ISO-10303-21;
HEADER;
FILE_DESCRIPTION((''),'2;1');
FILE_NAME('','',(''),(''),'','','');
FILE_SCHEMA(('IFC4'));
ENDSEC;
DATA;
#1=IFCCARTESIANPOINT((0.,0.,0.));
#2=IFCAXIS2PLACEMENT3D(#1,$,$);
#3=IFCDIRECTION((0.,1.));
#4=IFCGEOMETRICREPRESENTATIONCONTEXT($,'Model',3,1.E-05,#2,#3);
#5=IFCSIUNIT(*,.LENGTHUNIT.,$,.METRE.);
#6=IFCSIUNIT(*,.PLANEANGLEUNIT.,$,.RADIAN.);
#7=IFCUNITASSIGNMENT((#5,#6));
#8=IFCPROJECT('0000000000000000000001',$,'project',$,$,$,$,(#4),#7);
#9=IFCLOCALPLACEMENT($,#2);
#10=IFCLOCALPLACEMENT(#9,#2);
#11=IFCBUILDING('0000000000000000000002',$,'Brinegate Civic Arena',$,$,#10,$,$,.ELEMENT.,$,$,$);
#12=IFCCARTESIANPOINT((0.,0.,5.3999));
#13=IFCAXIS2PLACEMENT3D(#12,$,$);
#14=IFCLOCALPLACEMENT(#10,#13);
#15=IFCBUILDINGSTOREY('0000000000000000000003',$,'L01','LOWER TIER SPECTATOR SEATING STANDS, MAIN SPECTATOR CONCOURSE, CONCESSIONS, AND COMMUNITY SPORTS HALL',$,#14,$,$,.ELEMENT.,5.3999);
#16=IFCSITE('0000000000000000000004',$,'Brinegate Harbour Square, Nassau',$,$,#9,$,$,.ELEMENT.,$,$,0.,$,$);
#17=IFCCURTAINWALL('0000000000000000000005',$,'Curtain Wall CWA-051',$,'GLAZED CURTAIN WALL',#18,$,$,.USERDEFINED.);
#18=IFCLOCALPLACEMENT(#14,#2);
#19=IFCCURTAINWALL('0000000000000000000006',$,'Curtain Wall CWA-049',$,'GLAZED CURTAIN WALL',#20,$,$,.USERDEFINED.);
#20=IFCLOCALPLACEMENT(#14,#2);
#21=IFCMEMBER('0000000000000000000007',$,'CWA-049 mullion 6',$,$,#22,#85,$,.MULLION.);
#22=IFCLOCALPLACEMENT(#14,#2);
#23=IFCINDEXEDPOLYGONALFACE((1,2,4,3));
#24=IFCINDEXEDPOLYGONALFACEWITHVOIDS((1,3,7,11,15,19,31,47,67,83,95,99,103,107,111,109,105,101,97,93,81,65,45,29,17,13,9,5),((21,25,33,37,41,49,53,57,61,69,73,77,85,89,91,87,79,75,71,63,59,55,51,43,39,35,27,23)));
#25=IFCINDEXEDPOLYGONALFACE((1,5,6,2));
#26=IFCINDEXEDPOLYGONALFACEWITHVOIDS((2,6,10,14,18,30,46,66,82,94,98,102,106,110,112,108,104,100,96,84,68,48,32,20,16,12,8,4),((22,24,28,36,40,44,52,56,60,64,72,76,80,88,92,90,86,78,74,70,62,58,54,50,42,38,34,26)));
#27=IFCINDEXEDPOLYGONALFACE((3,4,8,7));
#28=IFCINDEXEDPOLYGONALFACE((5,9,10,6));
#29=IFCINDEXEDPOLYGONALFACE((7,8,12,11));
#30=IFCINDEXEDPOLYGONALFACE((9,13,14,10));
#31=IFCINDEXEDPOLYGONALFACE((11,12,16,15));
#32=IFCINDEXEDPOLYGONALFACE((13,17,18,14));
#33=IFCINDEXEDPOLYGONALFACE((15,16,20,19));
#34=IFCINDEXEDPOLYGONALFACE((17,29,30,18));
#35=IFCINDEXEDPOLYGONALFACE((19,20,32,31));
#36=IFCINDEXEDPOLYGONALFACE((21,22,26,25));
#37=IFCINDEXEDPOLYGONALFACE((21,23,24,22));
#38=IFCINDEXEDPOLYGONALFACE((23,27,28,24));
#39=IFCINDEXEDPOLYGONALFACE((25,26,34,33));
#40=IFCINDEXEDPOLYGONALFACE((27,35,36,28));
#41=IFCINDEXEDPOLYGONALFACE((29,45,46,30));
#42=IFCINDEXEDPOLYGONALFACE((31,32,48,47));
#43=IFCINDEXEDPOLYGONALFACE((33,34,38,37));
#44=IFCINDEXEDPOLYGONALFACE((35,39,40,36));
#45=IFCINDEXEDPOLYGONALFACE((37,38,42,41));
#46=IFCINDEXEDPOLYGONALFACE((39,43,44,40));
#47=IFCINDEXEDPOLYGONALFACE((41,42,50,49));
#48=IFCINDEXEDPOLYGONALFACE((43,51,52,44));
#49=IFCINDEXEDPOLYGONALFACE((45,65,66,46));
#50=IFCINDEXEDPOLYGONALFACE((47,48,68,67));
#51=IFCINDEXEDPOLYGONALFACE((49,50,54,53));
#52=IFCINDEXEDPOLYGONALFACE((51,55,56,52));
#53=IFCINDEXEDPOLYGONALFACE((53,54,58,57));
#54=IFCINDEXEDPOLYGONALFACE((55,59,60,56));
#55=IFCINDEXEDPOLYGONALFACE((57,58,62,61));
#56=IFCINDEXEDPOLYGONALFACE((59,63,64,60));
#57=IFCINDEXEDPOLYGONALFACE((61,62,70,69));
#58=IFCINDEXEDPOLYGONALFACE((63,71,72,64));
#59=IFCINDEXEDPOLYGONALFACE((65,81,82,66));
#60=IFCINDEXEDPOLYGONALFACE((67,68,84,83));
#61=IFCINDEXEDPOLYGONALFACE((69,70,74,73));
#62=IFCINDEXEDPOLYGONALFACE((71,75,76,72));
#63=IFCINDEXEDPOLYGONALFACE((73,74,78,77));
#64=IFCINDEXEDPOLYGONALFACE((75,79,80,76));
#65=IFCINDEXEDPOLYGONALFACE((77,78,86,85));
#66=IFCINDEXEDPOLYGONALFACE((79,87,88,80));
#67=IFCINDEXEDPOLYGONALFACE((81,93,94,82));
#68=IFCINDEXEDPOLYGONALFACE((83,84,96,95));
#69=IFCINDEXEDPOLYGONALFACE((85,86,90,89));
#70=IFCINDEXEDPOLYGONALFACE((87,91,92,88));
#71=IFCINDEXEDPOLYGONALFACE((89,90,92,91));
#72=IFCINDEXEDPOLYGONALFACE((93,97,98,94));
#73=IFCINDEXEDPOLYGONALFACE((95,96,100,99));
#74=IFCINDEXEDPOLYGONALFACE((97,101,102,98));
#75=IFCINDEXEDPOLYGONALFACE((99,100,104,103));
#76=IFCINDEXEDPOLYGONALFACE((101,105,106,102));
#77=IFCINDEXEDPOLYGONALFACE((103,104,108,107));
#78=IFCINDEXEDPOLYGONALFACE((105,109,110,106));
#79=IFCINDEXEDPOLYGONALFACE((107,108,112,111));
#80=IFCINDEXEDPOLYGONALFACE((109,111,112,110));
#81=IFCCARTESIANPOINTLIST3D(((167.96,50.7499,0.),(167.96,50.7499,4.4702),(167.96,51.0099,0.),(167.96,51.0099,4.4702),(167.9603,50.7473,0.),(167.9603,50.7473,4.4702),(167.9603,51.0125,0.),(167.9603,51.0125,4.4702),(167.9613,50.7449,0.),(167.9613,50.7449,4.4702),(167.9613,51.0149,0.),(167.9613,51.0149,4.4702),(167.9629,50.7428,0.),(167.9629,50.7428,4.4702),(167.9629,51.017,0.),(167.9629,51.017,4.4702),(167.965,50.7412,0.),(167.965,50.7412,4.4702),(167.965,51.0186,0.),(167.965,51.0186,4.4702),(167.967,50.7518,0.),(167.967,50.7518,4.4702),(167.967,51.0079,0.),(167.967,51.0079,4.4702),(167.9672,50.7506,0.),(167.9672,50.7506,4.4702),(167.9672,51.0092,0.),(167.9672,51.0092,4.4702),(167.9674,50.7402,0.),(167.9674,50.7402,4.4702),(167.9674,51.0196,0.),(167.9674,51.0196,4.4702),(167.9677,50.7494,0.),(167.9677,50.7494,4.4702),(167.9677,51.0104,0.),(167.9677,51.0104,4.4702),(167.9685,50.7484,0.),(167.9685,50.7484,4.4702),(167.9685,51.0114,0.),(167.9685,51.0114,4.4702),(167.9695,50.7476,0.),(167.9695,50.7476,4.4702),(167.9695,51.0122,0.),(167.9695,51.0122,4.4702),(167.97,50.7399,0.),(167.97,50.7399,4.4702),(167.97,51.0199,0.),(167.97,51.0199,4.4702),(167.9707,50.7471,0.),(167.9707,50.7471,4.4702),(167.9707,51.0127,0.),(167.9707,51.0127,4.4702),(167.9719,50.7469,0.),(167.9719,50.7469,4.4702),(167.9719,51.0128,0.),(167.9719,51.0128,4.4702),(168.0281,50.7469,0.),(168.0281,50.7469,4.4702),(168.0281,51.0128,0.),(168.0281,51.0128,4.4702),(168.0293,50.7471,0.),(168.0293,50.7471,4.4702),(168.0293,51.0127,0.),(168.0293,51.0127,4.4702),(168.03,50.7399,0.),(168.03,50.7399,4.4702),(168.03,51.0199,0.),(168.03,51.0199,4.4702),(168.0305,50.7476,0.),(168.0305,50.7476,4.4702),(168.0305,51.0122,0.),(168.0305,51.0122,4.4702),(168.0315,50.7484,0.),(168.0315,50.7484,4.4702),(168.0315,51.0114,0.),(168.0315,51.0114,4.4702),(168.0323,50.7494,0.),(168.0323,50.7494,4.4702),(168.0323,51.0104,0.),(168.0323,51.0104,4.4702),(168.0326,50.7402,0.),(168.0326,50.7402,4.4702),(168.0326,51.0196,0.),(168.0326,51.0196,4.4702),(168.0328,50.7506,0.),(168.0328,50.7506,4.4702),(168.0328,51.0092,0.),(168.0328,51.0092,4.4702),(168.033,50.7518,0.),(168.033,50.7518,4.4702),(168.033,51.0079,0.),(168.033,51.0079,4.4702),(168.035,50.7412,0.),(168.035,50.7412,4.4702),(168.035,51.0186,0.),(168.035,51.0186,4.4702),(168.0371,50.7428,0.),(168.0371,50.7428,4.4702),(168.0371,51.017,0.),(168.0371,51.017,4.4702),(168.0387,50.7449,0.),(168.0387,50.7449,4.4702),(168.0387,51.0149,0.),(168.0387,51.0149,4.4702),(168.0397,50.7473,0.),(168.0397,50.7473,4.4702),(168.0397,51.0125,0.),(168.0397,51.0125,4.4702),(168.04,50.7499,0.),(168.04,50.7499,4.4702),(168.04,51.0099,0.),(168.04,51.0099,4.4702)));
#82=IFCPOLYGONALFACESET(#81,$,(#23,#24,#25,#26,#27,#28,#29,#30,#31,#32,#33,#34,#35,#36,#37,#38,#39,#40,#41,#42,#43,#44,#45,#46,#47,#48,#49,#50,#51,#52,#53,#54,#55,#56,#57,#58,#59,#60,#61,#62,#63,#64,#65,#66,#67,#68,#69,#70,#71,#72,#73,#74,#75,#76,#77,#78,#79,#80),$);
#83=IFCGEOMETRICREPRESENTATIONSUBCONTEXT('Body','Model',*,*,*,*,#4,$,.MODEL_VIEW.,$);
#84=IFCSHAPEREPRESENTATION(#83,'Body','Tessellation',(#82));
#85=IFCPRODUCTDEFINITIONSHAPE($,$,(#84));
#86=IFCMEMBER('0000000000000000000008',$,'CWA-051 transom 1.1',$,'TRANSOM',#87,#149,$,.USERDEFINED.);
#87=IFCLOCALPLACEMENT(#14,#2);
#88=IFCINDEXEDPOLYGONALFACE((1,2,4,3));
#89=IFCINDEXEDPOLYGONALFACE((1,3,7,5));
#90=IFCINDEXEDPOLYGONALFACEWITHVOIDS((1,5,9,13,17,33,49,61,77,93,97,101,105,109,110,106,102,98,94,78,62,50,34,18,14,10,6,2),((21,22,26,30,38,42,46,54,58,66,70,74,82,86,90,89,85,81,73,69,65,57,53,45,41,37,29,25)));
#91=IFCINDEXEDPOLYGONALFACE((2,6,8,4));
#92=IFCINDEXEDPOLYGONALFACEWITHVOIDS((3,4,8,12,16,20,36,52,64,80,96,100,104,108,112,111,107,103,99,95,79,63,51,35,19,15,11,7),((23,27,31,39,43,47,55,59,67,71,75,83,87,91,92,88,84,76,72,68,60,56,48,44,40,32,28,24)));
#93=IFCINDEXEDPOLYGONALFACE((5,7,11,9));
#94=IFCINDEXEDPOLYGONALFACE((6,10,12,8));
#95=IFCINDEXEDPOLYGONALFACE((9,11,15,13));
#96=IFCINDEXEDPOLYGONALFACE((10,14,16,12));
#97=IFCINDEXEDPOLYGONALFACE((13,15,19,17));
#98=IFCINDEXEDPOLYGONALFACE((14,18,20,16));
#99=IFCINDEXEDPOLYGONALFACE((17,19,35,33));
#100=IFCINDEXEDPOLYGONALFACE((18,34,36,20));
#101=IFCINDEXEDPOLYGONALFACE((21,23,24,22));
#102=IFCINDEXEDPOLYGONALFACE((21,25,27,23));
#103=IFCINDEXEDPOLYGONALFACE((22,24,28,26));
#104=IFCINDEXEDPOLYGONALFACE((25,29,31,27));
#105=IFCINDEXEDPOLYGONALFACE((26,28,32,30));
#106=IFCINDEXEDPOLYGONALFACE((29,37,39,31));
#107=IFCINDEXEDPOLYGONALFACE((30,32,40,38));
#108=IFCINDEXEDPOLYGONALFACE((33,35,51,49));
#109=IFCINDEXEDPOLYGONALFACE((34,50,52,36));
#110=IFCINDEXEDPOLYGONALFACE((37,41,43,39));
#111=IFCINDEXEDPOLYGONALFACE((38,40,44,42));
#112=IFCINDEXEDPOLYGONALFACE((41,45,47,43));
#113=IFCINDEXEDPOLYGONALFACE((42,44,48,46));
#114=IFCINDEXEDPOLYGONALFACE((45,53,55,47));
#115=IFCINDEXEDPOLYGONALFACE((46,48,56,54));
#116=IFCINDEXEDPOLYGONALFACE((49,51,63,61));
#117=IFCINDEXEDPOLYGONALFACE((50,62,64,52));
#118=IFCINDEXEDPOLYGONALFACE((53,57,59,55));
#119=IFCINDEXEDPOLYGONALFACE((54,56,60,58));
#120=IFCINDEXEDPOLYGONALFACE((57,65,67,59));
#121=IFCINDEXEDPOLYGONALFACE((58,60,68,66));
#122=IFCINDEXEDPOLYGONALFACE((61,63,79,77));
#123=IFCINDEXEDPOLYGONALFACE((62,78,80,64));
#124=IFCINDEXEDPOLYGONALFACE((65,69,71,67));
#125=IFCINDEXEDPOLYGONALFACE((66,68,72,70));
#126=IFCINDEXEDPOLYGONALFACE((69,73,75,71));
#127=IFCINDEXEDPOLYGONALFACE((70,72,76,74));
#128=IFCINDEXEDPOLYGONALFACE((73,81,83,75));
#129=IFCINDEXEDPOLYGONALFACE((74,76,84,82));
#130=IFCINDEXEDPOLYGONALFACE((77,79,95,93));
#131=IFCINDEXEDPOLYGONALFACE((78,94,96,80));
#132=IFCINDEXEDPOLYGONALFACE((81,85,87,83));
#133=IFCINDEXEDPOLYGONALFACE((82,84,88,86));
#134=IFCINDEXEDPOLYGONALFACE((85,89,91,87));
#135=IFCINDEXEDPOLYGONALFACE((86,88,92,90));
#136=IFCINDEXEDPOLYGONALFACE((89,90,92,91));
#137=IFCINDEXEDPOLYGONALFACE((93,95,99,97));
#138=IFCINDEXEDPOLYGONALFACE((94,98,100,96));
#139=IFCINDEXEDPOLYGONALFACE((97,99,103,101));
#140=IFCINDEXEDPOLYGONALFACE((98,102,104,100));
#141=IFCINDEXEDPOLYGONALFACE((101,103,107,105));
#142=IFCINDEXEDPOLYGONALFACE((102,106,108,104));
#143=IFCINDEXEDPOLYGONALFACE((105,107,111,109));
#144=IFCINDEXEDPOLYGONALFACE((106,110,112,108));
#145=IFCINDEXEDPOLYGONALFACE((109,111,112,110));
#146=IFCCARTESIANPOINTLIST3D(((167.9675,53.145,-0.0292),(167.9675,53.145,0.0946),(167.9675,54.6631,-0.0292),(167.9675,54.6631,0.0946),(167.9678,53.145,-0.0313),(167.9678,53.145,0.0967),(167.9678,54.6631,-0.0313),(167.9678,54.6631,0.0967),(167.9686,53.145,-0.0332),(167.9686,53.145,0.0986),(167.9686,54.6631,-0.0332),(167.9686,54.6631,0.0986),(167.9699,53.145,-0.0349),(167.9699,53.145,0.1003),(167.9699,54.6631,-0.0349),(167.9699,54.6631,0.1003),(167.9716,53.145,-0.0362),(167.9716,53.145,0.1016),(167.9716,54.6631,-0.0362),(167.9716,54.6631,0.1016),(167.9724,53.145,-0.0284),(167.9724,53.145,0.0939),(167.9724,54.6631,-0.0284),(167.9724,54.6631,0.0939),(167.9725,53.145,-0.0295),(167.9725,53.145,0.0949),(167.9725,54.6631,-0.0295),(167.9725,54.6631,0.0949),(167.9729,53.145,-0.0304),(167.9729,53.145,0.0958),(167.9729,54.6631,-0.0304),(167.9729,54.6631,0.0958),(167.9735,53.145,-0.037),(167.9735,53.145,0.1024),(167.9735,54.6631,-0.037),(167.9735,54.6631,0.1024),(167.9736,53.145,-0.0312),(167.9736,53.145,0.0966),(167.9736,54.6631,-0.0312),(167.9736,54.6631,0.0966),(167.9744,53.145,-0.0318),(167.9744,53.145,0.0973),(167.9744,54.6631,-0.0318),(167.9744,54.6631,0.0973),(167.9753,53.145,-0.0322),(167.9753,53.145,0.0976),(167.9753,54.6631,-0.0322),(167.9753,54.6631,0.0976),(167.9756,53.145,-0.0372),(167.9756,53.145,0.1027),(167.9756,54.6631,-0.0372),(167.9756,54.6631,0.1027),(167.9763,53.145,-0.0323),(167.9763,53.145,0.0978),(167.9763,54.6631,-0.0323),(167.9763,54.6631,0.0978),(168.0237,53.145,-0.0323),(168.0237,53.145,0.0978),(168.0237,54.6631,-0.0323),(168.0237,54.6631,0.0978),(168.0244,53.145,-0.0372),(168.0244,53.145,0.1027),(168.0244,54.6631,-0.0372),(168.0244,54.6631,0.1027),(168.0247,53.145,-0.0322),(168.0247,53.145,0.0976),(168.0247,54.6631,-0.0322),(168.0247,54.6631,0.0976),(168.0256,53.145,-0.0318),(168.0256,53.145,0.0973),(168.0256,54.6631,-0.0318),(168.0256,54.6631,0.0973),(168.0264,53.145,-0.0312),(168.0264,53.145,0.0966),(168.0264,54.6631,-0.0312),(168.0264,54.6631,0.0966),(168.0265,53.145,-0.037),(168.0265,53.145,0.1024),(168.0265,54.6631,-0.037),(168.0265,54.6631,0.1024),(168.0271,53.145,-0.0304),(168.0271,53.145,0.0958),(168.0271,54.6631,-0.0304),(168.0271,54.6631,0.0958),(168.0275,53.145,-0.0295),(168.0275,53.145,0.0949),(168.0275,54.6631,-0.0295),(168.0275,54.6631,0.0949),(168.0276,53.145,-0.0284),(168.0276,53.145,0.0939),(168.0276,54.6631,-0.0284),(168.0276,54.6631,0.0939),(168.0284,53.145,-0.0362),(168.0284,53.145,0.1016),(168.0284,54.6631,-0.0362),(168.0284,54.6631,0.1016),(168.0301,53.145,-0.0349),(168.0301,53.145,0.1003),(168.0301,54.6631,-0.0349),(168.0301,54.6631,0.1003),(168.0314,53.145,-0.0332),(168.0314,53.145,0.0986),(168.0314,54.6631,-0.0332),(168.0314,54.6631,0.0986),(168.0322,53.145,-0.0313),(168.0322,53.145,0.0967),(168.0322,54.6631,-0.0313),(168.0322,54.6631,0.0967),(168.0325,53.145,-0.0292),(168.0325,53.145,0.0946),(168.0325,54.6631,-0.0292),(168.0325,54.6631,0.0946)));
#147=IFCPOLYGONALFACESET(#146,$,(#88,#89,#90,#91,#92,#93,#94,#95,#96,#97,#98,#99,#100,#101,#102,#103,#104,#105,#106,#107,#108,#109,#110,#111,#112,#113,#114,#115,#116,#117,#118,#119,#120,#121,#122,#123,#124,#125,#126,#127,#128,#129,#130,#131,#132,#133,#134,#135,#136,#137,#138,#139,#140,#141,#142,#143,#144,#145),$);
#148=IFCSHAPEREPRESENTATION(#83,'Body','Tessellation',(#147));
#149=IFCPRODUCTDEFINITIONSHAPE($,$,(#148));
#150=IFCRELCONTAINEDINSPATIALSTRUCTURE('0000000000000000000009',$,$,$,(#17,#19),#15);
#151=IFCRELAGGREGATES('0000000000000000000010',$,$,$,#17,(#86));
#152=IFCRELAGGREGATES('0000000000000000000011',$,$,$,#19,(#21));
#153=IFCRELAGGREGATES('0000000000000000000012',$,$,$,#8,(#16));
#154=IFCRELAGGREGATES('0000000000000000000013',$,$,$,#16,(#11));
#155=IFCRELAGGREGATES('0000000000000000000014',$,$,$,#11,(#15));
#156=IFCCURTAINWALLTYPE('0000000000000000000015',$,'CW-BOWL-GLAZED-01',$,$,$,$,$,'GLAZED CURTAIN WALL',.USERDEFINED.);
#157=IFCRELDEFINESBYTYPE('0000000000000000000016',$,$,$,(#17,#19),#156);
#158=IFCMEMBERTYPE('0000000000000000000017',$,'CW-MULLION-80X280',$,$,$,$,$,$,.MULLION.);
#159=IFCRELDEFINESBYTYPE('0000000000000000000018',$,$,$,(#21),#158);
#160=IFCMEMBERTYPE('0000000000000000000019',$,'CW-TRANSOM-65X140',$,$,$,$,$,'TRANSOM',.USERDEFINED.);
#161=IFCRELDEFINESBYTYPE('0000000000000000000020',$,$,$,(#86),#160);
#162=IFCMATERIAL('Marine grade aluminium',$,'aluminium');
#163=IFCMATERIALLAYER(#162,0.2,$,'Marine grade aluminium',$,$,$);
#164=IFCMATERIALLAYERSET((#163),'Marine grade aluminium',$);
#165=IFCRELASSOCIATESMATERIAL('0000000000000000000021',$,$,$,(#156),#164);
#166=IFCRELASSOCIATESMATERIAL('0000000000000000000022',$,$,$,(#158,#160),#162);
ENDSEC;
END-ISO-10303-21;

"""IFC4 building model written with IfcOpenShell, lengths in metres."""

from ifc_helpers import new_model, si_unit, direction, frame, origin, origin_2d, place, context, subcontext, project, spatial, hollow_rectangle, extrude, material, layer, layer_set, material_profile, profile_set, type_object, element, aggregate, save


model = new_model("IFC4")

# Units and contexts
model_context = context("Model", 3, precision=1e-05, world=origin(), true_north=direction((0.0, 1.0)))
body_context = subcontext(model_context, "Body", "Model", "MODEL_VIEW")
ifc_project = project(units=[si_unit("LENGTHUNIT", "METRE"), si_unit("PLANEANGLEUNIT", "RADIAN")], contexts=[model_context])

# Site, building, storey
site_placement = place(None, origin())
site = spatial("IfcSite", under=ifc_project, at=site_placement, Name="Brinegate Harbour Square, Nassau", CompositionType="ELEMENT", RefElevation=0.0)
building_placement = place(site_placement, origin())
building = spatial("IfcBuilding", under=site, at=building_placement, Name="Brinegate Civic Arena", CompositionType="ELEMENT")
storey_placement = place(building_placement, frame((0.0, 0.0, 5.3999)))
storey = spatial("IfcBuildingStorey", under=building, at=storey_placement, Name="L01", Description="LOWER TIER SPECTATOR SEATING STANDS, MAIN SPECTATOR CONCOURSE, CONCESSIONS, AND COMMUNITY SPORTS HALL", CompositionType="ELEMENT", Elevation=5.3999)

# Curtain wall
ifc_material_1 = material(Name="Marine grade aluminium", Category="aluminium")
ifc_layer_1 = layer(ifc_material_1, 0.2, Name="Marine grade aluminium")
ifc_layer_set_1 = layer_set([ifc_layer_1], Name="Marine grade aluminium")
curtain_wall_type = type_object("IfcCurtainWallType", Name="CW-BOWL-GLAZED-01", ElementType="GLAZED CURTAIN WALL", PredefinedType="USERDEFINED", material=ifc_layer_set_1)
curtain_wall_1_placement = place(storey_placement, origin())
curtain_wall_1 = element("IfcCurtainWall", 1, at=curtain_wall_1_placement, inside=storey, type_object=curtain_wall_type, Name="Curtain Wall CWA-051", ObjectType="GLAZED CURTAIN WALL", PredefinedType="USERDEFINED")

# Curtain wall, member
curtain_wall_2_placement = place(storey_placement, origin())
curtain_wall_2 = element("IfcCurtainWall", 2, at=curtain_wall_2_placement, inside=storey, type_object=curtain_wall_type, Name="Curtain Wall CWA-049", ObjectType="GLAZED CURTAIN WALL", PredefinedType="USERDEFINED")
ifc_material_profile_1 = material_profile(ifc_material_1, hollow_rectangle(XDim=0.0801, YDim=0.28, WallThickness=0.0071, InnerFilletRadius=0.0049, OuterFilletRadius=0.01, at=origin_2d()), Name="MUL80X280")
ifc_profile_set_1 = profile_set([ifc_material_profile_1], Name="Marine grade aluminium")
member_type_1 = type_object("IfcMemberType", Name="CW-MULLION-80X280", PredefinedType="MULLION", material=ifc_profile_set_1)
member_1_placement = place(storey_placement, frame((168.0, 50.8799, 0.0), z_axis=(0.0, 0.0, 1.0), x_axis=(-1.0, 0.0, 0.0)))
member_1 = element("IfcMember", 3, at=member_1_placement, type_object=member_type_1, Name="CWA-049 mullion 6", PredefinedType="MULLION", context=body_context, shape_type="SweptSolid", body=[
    extrude(hollow_rectangle(XDim=0.0801, YDim=0.28, WallThickness=0.0071, InnerFilletRadius=0.0049, OuterFilletRadius=0.01, at=origin_2d()), origin(), (0.0, 0.0, 1.0), 4.4702),
])

# Member
ifc_material_profile_2 = material_profile(ifc_material_1, hollow_rectangle(XDim=0.0649, YDim=0.1399, WallThickness=0.0049, InnerFilletRadius=0.0039, OuterFilletRadius=0.0081, at=origin_2d()), Name="TRN65X140")
ifc_profile_set_2 = profile_set([ifc_material_profile_2], Name="Marine grade aluminium")
member_type_2 = type_object("IfcMemberType", Name="CW-TRANSOM-65X140", ElementType="TRANSOM", PredefinedType="USERDEFINED", material=ifc_profile_set_2)
member_2_placement = place(storey_placement, frame((168.0, 53.145, 0.0327), z_axis=(0.0, 1.0, 0.0), x_axis=(-1.0, 0.0, 0.0)))
member_2 = element("IfcMember", 4, at=member_2_placement, type_object=member_type_2, Name="CWA-051 transom 1.1", ObjectType="TRANSOM", PredefinedType="USERDEFINED", context=body_context, shape_type="SweptSolid", body=[
    extrude(hollow_rectangle(XDim=0.0649, YDim=0.1399, WallThickness=0.0049, InnerFilletRadius=0.0039, OuterFilletRadius=0.0081, at=origin_2d()), origin(), (0.0, 0.0, 1.0), 1.5181),
])

aggregate(curtain_wall_1, [member_2])
aggregate(curtain_wall_2, [member_1])

save(model, "model.ifc")
